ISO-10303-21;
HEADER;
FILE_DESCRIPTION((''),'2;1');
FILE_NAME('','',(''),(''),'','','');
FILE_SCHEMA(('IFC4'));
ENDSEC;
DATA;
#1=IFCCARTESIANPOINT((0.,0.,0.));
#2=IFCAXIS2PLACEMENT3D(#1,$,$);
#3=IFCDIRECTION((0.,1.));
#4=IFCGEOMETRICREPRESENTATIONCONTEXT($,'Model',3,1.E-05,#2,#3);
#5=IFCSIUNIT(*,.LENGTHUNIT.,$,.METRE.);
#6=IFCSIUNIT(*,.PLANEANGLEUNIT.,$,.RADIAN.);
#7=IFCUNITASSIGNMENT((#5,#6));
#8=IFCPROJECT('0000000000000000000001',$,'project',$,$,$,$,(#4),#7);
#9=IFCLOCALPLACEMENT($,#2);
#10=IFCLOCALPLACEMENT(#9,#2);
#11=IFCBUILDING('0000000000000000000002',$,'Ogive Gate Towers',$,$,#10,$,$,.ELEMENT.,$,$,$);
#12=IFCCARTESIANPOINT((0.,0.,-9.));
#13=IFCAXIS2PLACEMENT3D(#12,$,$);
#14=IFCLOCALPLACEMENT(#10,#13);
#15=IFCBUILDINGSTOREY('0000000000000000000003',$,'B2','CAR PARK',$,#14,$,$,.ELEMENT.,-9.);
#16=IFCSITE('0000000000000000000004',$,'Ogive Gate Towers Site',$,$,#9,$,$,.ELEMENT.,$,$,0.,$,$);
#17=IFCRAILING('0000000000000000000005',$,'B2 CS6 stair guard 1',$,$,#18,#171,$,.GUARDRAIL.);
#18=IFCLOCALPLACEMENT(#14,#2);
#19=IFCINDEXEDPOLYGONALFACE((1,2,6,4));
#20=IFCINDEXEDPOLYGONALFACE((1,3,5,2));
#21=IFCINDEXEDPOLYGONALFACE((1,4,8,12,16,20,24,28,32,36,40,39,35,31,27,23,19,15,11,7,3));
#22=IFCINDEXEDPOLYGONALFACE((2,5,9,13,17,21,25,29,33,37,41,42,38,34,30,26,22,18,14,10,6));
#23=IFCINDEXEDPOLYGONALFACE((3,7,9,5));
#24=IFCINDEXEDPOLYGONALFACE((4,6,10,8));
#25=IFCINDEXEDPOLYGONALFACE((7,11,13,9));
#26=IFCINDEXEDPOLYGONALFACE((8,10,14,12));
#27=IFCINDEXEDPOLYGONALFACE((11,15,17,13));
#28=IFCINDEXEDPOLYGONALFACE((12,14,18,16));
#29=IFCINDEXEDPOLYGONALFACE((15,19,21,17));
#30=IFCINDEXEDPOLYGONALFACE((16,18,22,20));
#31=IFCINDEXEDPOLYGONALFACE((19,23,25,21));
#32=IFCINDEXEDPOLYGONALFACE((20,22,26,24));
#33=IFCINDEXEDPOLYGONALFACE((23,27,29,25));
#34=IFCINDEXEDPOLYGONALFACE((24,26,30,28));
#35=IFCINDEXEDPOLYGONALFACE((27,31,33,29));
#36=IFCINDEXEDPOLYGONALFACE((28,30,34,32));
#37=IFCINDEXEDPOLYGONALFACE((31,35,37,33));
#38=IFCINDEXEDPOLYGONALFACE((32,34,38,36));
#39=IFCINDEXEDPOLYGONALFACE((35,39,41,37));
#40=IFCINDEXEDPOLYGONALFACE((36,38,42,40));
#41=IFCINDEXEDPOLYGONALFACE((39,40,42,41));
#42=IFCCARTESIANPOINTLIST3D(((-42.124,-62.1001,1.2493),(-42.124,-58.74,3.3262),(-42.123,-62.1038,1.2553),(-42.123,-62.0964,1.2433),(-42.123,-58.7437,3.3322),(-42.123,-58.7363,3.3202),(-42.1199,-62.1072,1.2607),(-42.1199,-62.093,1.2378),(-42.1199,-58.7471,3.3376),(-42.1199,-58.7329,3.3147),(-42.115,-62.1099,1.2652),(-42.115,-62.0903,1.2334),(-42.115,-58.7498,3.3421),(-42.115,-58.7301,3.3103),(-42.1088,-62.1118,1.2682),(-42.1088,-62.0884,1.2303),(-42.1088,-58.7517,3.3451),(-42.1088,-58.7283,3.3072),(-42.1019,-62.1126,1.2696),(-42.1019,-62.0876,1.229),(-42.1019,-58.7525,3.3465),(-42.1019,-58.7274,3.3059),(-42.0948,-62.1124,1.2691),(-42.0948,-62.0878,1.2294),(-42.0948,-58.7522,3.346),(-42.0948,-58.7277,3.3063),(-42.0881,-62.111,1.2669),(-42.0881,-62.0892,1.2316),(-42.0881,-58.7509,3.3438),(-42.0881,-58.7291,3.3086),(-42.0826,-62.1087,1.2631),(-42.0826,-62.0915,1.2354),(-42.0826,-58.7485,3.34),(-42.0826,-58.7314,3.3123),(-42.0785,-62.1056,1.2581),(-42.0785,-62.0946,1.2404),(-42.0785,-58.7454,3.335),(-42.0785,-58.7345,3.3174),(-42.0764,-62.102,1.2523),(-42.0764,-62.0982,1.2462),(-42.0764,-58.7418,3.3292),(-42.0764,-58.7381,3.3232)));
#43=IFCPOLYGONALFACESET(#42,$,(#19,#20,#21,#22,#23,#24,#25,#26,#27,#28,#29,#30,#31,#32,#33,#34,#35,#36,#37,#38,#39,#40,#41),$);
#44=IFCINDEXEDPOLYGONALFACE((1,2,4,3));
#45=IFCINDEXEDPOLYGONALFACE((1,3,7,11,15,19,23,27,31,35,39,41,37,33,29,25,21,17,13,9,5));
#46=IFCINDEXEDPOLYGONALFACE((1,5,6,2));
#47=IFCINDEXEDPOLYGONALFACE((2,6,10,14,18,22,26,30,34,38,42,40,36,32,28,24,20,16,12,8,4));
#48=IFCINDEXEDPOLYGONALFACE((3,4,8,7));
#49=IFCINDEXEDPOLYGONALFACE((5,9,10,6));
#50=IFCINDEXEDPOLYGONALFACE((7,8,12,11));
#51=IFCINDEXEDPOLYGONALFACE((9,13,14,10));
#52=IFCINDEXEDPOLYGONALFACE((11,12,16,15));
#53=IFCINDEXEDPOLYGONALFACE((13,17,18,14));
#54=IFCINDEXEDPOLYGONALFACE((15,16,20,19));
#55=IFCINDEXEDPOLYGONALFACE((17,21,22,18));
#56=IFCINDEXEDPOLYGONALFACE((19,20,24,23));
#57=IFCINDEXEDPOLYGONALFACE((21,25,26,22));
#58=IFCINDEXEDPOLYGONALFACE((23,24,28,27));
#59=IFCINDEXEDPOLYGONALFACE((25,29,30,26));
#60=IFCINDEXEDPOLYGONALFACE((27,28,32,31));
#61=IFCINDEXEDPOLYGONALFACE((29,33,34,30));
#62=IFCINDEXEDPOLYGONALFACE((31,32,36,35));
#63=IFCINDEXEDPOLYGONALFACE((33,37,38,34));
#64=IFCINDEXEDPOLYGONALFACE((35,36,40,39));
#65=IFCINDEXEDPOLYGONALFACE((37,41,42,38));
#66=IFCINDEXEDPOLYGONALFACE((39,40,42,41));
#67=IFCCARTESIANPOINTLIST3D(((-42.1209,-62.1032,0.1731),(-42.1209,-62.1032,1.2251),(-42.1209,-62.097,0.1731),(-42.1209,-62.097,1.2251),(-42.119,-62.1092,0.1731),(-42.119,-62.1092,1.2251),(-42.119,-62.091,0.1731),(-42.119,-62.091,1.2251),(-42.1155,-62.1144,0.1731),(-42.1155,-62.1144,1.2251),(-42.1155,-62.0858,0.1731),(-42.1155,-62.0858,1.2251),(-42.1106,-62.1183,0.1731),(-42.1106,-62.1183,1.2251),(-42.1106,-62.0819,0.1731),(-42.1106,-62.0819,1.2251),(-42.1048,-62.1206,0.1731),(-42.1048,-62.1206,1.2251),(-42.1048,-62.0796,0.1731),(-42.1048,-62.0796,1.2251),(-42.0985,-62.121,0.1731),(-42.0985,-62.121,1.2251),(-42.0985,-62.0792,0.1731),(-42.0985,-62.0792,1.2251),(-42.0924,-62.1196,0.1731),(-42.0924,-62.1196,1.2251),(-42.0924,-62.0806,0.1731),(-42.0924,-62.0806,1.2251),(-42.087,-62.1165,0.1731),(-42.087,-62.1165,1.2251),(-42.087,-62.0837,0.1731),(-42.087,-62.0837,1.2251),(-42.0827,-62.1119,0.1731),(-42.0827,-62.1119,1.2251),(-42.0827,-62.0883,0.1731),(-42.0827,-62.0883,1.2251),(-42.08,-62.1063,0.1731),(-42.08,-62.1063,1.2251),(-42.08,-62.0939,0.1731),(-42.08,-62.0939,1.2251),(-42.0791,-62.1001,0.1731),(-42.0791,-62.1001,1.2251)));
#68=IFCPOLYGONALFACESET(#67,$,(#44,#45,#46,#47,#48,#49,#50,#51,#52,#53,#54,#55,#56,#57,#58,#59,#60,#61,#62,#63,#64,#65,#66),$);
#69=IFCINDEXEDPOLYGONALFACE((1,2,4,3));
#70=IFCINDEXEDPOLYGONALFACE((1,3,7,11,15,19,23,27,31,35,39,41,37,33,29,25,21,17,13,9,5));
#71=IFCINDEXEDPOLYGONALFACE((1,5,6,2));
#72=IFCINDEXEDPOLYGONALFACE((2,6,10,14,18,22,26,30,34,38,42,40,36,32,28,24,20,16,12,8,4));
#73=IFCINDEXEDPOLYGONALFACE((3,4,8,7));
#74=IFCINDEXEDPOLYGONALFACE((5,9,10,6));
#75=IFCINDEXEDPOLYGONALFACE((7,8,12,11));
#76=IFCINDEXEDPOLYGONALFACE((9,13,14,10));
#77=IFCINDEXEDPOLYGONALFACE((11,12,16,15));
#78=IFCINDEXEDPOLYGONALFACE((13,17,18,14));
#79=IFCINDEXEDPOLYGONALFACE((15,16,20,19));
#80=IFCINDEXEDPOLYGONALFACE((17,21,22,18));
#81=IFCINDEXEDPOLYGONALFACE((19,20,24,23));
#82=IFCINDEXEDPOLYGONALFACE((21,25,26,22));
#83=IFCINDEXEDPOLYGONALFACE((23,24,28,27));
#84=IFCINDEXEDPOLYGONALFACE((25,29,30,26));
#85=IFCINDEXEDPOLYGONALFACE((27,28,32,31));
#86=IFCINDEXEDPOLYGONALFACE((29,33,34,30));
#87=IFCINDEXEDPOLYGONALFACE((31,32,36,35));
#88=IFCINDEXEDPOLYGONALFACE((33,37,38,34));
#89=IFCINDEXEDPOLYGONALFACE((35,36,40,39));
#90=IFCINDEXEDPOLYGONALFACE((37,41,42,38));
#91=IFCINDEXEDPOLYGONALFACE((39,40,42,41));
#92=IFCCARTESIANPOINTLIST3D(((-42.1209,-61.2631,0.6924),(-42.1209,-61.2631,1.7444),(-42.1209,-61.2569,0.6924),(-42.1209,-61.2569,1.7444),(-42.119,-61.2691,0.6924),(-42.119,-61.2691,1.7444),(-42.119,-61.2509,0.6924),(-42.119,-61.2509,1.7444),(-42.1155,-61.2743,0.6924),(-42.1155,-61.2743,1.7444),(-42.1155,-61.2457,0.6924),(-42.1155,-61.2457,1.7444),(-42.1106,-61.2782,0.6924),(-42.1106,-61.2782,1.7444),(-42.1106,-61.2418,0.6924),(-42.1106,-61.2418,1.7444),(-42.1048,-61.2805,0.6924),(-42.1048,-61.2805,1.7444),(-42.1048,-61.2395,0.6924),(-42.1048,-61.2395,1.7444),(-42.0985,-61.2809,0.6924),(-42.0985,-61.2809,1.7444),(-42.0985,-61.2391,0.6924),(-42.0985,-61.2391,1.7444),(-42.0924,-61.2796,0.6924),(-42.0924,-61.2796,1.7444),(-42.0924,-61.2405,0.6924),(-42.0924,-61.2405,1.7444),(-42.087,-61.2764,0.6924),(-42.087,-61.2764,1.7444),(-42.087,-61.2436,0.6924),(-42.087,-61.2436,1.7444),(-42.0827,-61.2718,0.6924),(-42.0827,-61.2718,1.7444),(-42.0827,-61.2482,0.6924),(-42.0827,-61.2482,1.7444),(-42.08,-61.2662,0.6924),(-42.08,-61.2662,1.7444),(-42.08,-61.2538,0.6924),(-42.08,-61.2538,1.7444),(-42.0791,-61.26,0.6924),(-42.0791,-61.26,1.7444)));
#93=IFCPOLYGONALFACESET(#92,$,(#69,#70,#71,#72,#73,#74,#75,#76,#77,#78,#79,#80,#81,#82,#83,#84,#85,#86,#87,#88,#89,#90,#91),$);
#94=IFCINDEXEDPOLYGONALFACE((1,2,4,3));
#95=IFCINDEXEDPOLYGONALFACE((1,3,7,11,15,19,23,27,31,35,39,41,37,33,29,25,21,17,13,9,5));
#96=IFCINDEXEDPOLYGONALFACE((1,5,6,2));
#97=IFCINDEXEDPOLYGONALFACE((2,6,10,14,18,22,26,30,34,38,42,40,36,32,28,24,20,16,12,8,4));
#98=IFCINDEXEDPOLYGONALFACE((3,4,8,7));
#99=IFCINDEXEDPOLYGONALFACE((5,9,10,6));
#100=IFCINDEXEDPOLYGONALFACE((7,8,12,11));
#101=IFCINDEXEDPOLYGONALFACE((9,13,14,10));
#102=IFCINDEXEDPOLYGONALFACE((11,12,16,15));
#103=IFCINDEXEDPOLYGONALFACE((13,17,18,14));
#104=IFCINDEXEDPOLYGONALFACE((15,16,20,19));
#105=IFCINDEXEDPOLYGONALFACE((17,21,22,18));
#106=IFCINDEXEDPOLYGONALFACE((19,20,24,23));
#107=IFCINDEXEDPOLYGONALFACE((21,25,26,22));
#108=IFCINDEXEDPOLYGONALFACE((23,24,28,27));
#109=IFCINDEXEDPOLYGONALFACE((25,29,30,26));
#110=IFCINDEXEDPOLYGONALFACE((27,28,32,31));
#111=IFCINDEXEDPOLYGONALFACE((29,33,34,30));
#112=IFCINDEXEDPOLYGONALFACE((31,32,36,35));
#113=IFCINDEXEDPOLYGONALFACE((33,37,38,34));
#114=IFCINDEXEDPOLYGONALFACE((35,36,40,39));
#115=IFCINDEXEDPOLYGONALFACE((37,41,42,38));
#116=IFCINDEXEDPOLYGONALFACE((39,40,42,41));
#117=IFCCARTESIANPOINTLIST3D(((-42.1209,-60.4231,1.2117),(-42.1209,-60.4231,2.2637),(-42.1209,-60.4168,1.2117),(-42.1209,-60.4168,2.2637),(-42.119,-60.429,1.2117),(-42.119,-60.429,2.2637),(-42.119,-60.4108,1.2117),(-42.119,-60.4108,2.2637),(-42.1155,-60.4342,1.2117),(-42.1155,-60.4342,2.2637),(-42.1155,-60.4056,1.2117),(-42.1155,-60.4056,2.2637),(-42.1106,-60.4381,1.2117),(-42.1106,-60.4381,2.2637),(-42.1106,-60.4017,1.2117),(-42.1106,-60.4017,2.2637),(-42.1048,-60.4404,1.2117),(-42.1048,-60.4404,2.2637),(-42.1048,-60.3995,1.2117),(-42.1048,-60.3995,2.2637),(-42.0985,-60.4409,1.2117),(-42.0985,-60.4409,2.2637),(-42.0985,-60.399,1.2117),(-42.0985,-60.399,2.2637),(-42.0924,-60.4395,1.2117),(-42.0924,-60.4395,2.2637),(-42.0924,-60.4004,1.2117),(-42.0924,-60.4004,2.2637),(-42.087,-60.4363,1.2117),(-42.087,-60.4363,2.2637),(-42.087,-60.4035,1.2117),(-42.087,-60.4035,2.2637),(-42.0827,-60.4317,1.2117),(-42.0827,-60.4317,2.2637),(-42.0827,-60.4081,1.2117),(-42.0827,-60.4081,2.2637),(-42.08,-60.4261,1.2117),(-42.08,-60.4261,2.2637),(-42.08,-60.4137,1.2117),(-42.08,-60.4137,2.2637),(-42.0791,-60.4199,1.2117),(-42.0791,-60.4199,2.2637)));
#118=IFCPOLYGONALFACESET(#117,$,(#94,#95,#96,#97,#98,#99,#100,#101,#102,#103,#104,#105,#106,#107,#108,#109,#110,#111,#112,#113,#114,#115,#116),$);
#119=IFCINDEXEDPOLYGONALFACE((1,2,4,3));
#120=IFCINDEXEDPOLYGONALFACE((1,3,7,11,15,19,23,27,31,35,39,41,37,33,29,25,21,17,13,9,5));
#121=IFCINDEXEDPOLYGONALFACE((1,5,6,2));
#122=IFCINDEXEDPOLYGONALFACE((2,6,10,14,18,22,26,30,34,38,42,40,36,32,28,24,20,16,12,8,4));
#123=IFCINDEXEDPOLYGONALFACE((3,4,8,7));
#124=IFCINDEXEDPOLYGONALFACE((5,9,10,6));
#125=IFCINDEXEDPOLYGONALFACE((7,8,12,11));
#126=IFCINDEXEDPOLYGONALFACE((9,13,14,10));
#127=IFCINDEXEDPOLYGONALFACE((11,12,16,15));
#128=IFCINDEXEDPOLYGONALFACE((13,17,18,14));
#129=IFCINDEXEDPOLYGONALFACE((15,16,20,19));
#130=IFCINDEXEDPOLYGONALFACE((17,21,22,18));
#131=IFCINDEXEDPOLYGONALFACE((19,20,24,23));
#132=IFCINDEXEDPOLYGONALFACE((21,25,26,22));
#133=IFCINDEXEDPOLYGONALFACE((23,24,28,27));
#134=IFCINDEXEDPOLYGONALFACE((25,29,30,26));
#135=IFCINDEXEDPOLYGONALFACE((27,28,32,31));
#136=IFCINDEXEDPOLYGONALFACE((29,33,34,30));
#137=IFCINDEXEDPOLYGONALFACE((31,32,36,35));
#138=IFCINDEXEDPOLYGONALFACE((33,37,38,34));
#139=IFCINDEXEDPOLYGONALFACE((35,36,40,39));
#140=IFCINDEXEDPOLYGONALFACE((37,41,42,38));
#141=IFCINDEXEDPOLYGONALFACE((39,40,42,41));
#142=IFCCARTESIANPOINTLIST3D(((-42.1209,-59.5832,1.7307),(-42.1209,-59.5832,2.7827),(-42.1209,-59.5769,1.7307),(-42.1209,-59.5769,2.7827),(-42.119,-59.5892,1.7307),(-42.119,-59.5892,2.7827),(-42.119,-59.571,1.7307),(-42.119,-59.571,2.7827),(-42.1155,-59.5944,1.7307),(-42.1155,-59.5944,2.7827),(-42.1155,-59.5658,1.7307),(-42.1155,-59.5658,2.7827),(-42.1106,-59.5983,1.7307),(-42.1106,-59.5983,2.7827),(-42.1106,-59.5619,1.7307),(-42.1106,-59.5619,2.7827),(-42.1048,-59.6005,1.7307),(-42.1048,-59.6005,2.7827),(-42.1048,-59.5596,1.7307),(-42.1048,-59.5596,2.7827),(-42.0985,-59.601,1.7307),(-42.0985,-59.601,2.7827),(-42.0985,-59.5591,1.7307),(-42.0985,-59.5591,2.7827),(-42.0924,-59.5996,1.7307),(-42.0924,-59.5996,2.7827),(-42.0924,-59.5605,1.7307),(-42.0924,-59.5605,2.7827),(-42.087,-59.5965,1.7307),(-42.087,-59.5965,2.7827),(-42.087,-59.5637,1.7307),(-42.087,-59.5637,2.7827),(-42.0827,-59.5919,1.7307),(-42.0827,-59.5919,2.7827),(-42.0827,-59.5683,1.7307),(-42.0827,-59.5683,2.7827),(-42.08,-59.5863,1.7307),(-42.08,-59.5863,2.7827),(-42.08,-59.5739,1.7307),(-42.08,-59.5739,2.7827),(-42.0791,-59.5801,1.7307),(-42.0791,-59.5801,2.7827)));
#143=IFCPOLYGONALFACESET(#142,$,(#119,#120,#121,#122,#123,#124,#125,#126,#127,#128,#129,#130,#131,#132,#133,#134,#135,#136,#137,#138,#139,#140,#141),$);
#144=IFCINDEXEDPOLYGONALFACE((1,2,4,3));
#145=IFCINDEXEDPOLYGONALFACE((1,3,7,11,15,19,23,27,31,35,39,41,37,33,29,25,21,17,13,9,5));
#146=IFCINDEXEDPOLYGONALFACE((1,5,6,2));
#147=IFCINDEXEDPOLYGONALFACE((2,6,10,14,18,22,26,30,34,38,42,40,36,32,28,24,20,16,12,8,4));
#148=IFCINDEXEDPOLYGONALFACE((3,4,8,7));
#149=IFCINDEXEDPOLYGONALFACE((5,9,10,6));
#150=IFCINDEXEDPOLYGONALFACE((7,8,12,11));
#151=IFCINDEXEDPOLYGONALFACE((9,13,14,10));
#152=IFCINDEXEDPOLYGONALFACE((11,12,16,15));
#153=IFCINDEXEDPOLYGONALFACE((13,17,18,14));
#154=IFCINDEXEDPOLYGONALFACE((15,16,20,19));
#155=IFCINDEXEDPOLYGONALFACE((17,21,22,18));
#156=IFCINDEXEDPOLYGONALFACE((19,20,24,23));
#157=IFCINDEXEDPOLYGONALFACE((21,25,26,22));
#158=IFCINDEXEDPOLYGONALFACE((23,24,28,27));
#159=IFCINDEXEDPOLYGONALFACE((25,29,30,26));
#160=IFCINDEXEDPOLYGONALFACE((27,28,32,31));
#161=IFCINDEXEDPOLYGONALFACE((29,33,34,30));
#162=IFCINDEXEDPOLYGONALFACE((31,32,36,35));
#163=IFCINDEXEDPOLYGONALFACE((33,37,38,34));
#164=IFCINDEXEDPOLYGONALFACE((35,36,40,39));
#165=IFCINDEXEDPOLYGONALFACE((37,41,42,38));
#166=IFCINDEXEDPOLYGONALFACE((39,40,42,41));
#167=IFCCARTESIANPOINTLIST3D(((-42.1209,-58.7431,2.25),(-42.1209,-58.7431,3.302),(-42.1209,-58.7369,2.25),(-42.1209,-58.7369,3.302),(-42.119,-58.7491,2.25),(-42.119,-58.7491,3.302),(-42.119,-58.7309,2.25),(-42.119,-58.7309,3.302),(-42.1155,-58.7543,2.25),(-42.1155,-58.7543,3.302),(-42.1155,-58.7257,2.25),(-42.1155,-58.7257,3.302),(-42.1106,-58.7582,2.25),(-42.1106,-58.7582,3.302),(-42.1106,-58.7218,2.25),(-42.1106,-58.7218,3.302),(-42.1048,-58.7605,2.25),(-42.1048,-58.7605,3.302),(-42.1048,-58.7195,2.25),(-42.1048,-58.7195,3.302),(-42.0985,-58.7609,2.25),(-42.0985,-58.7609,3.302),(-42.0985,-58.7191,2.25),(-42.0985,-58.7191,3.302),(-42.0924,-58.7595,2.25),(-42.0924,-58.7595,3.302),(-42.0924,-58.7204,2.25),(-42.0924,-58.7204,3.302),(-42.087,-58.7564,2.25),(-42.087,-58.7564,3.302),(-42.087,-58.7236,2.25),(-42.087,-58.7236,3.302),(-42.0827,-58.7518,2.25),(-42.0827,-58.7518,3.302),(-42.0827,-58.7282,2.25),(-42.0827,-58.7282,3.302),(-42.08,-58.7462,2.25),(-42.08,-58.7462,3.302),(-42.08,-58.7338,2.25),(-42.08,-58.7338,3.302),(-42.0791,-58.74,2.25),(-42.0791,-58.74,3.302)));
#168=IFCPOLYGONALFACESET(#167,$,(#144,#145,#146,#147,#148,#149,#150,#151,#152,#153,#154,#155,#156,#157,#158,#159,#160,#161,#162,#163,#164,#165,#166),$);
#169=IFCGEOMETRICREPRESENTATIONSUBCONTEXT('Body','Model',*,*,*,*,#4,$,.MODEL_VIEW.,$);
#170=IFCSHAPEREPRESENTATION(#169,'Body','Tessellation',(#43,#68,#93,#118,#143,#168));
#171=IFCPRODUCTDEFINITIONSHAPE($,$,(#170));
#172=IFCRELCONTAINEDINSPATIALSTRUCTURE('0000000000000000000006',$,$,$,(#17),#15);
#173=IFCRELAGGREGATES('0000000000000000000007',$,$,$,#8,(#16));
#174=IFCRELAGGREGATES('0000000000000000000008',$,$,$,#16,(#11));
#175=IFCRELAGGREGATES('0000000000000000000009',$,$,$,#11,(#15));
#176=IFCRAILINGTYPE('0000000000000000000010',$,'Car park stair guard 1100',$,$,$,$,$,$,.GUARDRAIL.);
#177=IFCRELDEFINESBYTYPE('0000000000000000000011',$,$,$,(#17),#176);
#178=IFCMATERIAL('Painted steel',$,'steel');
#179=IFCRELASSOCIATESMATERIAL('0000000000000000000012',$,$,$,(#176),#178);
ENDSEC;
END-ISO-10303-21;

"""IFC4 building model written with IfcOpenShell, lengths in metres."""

from ifc_helpers import new_model, si_unit, direction, frame, origin, origin_2d, place, context, subcontext, project, spatial, circle, extrude, material, type_object, element, save


model = new_model("IFC4")

# Units and contexts
model_context = context("Model", 3, precision=1e-05, world=origin(), true_north=direction((0.0, 1.0)))
body_context = subcontext(model_context, "Body", "Model", "MODEL_VIEW")
ifc_project = project(units=[si_unit("LENGTHUNIT", "METRE"), si_unit("PLANEANGLEUNIT", "RADIAN")], contexts=[model_context])

# Site, building, storey
site_placement = place(None, origin())
site = spatial("IfcSite", under=ifc_project, at=site_placement, Name="Ogive Gate Towers Site", CompositionType="ELEMENT", RefElevation=0.0)
building_placement = place(site_placement, origin())
building = spatial("IfcBuilding", under=site, at=building_placement, Name="Ogive Gate Towers", CompositionType="ELEMENT")
storey_placement = place(building_placement, frame((0.0, 0.0, -9.0)))
storey = spatial("IfcBuildingStorey", under=building, at=storey_placement, Name="B2", Description="CAR PARK", CompositionType="ELEMENT", Elevation=-9.0)

# Railing
ifc_material_1 = material(Name="Painted steel", Category="steel")
railing_type_1 = type_object("IfcRailingType", Name="Car park stair guard 1100", PredefinedType="GUARDRAIL", material=ifc_material_1)
railing_1_placement = place(storey_placement, frame((-42.1001, -62.1001, 0.1731)))
element("IfcRailing", 1, at=railing_1_placement, inside=storey, type_object=railing_type_1, Name="B2 CS6 stair guard 1", PredefinedType="GUARDRAIL", context=body_context, shape_type="SweptSolid", body=[
    extrude(circle(Radius=0.0239, at=origin_2d()), frame((0.0, 0.0, 1.0762), z_axis=(0.0, 0.850623, 0.525776), x_axis=(-1.0, 0.0, 0.0)), (0.0, 0.0, 1.0), 3.9502),
    extrude(circle(Radius=0.021, at=origin_2d()), origin(), (0.0, 0.0, 1.0), 1.052),
    extrude(circle(Radius=0.021, at=origin_2d()), frame((0.0, 0.8401, 0.5193)), (0.0, 0.0, 1.0), 1.052),
    extrude(circle(Radius=0.021, at=origin_2d()), frame((0.0, 1.6802, 1.0386)), (0.0, 0.0, 1.0), 1.052),
    extrude(circle(Radius=0.021, at=origin_2d()), frame((0.0, 2.52, 1.5576)), (0.0, 0.0, 1.0), 1.052),
    extrude(circle(Radius=0.021, at=origin_2d()), frame((0.0, 3.3601, 2.0769)), (0.0, 0.0, 1.0), 1.052),
])

save(model, "model.ifc")
